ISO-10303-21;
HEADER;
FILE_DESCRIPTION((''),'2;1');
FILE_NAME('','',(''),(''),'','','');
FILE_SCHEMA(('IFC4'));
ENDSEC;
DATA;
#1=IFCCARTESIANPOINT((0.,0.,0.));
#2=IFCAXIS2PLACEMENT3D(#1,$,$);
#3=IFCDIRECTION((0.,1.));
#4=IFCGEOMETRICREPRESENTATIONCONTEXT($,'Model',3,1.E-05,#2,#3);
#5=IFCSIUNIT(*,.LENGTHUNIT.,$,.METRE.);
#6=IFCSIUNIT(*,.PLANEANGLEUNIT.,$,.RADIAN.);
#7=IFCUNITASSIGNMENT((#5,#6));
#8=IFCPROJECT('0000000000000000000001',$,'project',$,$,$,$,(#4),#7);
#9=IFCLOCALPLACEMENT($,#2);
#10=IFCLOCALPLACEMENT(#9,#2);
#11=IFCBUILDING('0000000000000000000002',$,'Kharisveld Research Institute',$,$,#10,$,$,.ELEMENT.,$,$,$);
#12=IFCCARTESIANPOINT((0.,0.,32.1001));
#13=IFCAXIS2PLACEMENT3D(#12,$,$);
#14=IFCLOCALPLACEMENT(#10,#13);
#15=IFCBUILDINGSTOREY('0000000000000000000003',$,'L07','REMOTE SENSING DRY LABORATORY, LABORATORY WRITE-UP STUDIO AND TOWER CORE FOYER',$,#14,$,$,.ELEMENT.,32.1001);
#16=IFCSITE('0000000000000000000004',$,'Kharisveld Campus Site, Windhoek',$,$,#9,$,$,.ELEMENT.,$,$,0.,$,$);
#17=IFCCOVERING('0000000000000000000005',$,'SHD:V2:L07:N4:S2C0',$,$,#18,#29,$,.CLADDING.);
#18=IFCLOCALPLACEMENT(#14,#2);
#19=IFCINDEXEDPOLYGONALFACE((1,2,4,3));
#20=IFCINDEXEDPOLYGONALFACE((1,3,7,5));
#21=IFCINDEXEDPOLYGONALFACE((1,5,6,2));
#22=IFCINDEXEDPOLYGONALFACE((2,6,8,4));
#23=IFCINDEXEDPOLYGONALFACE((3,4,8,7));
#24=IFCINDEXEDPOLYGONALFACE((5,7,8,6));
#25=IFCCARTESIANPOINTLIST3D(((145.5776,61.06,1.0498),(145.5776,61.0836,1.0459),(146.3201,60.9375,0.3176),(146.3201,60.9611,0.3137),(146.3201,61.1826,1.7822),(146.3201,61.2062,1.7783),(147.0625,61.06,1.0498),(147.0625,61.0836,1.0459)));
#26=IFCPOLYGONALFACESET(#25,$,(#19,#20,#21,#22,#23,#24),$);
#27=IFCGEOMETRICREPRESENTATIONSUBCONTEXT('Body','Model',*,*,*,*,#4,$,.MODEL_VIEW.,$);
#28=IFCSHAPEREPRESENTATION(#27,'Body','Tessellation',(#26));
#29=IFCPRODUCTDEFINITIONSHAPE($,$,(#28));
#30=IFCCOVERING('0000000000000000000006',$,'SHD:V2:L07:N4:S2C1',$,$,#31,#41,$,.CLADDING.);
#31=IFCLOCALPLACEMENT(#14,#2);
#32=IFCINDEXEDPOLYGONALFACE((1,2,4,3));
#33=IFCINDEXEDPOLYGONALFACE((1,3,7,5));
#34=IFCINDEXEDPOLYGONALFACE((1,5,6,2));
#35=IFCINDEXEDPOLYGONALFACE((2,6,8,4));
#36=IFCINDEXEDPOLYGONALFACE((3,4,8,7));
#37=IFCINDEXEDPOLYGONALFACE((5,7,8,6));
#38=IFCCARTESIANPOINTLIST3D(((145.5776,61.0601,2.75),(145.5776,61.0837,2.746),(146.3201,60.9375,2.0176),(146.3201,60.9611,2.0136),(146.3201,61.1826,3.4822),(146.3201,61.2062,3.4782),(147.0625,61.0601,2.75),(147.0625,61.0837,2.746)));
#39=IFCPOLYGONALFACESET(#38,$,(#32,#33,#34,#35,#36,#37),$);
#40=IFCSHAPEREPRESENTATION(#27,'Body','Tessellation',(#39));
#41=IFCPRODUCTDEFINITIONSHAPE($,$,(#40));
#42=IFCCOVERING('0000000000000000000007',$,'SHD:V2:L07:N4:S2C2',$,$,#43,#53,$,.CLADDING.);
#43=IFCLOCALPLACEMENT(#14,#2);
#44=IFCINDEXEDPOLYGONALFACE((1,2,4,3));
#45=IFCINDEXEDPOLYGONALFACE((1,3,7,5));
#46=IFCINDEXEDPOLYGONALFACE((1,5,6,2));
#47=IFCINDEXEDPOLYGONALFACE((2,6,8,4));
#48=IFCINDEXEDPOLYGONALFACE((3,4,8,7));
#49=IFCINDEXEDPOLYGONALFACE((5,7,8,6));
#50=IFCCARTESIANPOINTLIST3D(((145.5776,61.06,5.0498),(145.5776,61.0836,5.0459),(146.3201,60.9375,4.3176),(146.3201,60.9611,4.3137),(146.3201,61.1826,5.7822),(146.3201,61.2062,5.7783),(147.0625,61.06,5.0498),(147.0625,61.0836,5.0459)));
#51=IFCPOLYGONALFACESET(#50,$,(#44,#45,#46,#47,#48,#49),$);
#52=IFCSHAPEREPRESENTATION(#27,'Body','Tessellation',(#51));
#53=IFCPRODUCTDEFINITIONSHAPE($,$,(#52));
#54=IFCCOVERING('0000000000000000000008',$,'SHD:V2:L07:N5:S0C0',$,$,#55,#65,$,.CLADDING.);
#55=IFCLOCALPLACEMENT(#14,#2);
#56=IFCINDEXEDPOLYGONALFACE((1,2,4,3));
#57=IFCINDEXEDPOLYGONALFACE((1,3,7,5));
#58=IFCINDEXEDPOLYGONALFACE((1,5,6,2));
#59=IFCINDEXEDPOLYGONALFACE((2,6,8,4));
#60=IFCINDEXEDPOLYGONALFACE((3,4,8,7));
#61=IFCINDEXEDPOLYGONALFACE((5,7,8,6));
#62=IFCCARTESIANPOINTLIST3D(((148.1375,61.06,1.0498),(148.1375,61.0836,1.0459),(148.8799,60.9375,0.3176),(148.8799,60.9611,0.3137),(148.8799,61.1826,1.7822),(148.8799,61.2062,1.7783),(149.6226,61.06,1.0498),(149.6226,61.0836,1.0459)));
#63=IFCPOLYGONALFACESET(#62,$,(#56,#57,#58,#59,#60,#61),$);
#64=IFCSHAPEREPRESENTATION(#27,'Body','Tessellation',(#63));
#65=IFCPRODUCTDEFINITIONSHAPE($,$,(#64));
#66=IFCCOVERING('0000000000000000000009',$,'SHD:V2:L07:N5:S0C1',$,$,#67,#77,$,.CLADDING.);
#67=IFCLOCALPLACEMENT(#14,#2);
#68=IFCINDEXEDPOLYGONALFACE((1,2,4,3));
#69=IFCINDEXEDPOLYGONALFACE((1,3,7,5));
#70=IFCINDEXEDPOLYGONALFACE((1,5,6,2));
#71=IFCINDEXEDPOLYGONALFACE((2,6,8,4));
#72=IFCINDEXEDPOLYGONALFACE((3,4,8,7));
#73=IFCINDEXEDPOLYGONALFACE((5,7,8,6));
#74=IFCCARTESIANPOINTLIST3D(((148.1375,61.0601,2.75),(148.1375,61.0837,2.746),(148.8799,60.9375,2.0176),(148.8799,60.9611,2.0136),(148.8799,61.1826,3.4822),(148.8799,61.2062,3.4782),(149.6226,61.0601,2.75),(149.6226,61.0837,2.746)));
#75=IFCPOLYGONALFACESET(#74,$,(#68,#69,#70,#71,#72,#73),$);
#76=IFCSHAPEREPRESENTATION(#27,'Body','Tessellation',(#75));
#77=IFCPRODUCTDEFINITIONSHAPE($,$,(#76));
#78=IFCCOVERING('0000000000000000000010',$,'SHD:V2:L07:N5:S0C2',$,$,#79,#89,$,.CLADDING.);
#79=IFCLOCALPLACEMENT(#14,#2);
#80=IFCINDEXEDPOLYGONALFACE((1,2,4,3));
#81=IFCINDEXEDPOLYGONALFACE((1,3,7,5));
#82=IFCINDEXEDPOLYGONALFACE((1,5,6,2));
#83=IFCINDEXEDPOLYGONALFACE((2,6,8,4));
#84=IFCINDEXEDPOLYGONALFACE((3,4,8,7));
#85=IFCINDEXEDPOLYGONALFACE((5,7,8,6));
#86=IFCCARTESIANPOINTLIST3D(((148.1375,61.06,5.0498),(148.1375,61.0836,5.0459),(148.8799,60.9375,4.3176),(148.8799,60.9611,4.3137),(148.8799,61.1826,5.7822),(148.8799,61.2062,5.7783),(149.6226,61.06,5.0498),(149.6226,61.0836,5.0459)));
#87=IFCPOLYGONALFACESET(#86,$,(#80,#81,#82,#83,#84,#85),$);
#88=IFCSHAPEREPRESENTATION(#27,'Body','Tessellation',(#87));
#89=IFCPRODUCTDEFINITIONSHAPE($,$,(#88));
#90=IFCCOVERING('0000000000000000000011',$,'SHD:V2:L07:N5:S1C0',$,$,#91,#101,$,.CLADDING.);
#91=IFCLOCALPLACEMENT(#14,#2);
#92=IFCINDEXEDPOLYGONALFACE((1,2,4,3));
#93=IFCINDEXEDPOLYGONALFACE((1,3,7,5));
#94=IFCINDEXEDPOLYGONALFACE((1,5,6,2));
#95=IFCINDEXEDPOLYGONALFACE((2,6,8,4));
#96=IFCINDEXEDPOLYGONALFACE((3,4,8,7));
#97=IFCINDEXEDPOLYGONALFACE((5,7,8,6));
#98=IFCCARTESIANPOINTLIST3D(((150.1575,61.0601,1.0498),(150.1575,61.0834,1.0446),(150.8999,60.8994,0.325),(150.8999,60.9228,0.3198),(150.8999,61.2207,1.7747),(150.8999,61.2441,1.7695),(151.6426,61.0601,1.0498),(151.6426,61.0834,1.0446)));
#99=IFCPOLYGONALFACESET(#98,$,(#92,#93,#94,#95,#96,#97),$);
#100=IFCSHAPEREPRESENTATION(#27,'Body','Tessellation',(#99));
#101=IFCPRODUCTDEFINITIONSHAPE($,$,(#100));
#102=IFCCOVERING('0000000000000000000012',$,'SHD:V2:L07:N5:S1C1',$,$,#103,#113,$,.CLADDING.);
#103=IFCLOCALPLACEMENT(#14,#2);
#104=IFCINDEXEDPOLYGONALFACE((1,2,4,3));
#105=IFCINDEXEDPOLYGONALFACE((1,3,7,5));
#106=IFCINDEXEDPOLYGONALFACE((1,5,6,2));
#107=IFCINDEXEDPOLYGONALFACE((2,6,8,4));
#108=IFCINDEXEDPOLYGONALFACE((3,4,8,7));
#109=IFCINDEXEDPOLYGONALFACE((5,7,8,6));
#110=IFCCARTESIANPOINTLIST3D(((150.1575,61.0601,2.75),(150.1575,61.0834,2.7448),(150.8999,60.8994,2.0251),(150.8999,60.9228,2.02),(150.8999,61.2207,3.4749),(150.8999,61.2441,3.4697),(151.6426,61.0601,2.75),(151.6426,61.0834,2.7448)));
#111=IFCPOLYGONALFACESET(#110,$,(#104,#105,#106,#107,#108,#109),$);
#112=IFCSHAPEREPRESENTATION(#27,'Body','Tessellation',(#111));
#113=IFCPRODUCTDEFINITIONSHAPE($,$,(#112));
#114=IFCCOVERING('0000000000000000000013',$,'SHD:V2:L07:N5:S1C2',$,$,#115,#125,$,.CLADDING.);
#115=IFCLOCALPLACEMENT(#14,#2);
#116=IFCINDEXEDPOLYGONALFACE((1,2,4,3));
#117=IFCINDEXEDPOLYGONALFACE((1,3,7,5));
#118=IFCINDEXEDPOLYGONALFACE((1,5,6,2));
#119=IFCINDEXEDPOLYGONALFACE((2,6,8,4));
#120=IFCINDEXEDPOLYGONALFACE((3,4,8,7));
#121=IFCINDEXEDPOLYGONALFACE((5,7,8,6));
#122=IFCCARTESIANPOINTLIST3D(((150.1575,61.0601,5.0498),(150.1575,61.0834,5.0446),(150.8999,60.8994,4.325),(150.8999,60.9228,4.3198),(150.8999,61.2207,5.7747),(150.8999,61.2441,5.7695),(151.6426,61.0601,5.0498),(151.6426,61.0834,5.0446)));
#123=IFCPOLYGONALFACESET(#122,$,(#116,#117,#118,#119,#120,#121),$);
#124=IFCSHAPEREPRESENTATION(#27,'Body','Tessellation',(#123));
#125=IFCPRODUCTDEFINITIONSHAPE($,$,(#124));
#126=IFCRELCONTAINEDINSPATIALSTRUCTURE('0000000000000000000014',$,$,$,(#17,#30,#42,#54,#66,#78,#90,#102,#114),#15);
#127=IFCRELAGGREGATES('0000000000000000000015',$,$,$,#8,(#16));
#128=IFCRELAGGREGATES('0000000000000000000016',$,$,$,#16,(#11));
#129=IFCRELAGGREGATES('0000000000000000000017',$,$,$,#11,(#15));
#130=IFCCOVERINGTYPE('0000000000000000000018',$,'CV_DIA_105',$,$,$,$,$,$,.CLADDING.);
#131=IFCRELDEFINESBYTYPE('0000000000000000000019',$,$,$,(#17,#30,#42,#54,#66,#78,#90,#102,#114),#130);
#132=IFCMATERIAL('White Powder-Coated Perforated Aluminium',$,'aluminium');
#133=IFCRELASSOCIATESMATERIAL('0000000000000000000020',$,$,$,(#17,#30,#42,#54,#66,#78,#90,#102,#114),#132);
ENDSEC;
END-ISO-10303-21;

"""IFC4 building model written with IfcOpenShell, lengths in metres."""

from ifc_helpers import new_model, si_unit, direction, frame, origin, place, context, subcontext, project, spatial, polyline, outline, extrude, material, type_object, element, save


model = new_model("IFC4")

# Units and contexts
model_context = context("Model", 3, precision=1e-05, world=origin(), true_north=direction((0.0, 1.0)))
body_context = subcontext(model_context, "Body", "Model", "MODEL_VIEW")
ifc_project = project(units=[si_unit("LENGTHUNIT", "METRE"), si_unit("PLANEANGLEUNIT", "RADIAN")], contexts=[model_context])

# Site, building, storey
site_placement = place(None, origin())
site = spatial("IfcSite", under=ifc_project, at=site_placement, Name="Kharisveld Campus Site, Windhoek", CompositionType="ELEMENT", RefElevation=0.0)
building_placement = place(site_placement, origin())
building = spatial("IfcBuilding", under=site, at=building_placement, Name="Kharisveld Research Institute", CompositionType="ELEMENT")
storey_placement = place(building_placement, frame((0.0, 0.0, 32.1001)))
storey = spatial("IfcBuildingStorey", under=building, at=storey_placement, Name="L07", Description="REMOTE SENSING DRY LABORATORY, LABORATORY WRITE-UP STUDIO AND TOWER CORE FOYER", CompositionType="ELEMENT", Elevation=32.1001)

# Coverings
ifc_material_1 = material(Name="White Powder-Coated Perforated Aluminium", Category="aluminium")
covering_type = type_object("IfcCoveringType", Name="CV_DIA_105", PredefinedType="CLADDING")
covering_1_placement = place(storey_placement, frame((146.3201, 60.9375, 0.3176), z_axis=(0.0, -0.986283, 0.165065), x_axis=(0.707139, 0.116714, 0.697376)))
element("IfcCovering", 1, at=covering_1_placement, inside=storey, type_object=covering_type, material=ifc_material_1, Name="SHD:V2:L07:N4:S2C0", PredefinedType="CLADDING", context=body_context, shape_type="SweptSolid", body=[
    extrude(outline(polyline([(0.0, 0.0), (1.0499, 0.0), (1.05, 1.0501), (-0.0001, 1.0499), (0.0, 0.0)])), origin(), (0.0, 0.0, -1.0), 0.0239),
])
covering_2_placement = place(storey_placement, frame((146.3201, 60.9375, 2.0176), z_axis=(0.0, -0.986283, 0.165065), x_axis=(0.707024, 0.116733, 0.697489)))
element("IfcCovering", 2, at=covering_2_placement, inside=storey, type_object=covering_type, material=ifc_material_1, Name="SHD:V2:L07:N4:S2C1", PredefinedType="CLADDING", context=body_context, shape_type="SweptSolid", body=[
    extrude(outline(polyline([(0.0, 0.0), (1.0501, 0.0), (1.0502, 1.0499), (0.0002, 1.0501), (0.0, 0.0)])), origin(), (0.0, 0.0, -1.0), 0.0239),
])
covering_3_placement = place(storey_placement, frame((146.3201, 60.9375, 4.3176), z_axis=(0.0, -0.986283, 0.165065), x_axis=(0.707139, 0.116714, 0.697376)))
element("IfcCovering", 3, at=covering_3_placement, inside=storey, type_object=covering_type, material=ifc_material_1, Name="SHD:V2:L07:N4:S2C2", PredefinedType="CLADDING", context=body_context, shape_type="SweptSolid", body=[
    extrude(outline(polyline([(0.0, 0.0), (1.0499, 0.0), (1.05, 1.0501), (-0.0001, 1.0499), (0.0, 0.0)])), origin(), (0.0, 0.0, -1.0), 0.0239),
])
covering_4_placement = place(storey_placement, frame((148.8799, 60.9375, 0.3176), z_axis=(0.0, -0.986283, 0.165065), x_axis=(0.707255, 0.116694, 0.697261)))
element("IfcCovering", 4, at=covering_4_placement, inside=storey, type_object=covering_type, material=ifc_material_1, Name="SHD:V2:L07:N5:S0C0", PredefinedType="CLADDING", context=body_context, shape_type="SweptSolid", body=[
    extrude(outline(polyline([(0.0, 0.0), (1.0501, 0.0), (1.0498, 1.0503), (-0.0003, 1.0499), (0.0, 0.0)])), origin(), (0.0, 0.0, -1.0), 0.0239),
])
covering_5_placement = place(storey_placement, frame((148.8799, 60.9375, 2.0176), z_axis=(0.0, -0.986283, 0.165065), x_axis=(0.70714, 0.116713, 0.697374)))
element("IfcCovering", 5, at=covering_5_placement, inside=storey, type_object=covering_type, material=ifc_material_1, Name="SHD:V2:L07:N5:S0C1", PredefinedType="CLADDING", context=body_context, shape_type="SweptSolid", body=[
    extrude(outline(polyline([(0.0, 0.0), (1.0503, 0.0), (1.05, 1.0501), (0.0001, 1.0501), (0.0, 0.0)])), origin(), (0.0, 0.0, -1.0), 0.0239),
])
covering_6_placement = place(storey_placement, frame((148.8799, 60.9375, 4.3176), z_axis=(0.0, -0.986283, 0.165065), x_axis=(0.707255, 0.116694, 0.697261)))
element("IfcCovering", 6, at=covering_6_placement, inside=storey, type_object=covering_type, material=ifc_material_1, Name="SHD:V2:L07:N5:S0C2", PredefinedType="CLADDING", context=body_context, shape_type="SweptSolid", body=[
    extrude(outline(polyline([(0.0, 0.0), (1.0501, 0.0), (1.0498, 1.0503), (-0.0003, 1.0499), (0.0, 0.0)])), origin(), (0.0, 0.0, -1.0), 0.0239),
])
for number, where, z_axis, x_axis, name in (
    (7, (150.8999, 60.8994, 0.325), (0.0, -0.976311, 0.216373), (0.707218, 0.152975, 0.690247), "SHD:V2:L07:N5:S1C0"),
    (8, (150.8999, 60.8994, 2.0251), (0.0, -0.976311, 0.216373), (0.707218, 0.152975, 0.690247), "SHD:V2:L07:N5:S1C1"),
    (9, (150.8999, 60.8994, 4.325), (0.0, -0.976311, 0.216373), (0.707218, 0.152975, 0.690247), "SHD:V2:L07:N5:S1C2"),
):
    element("IfcCovering", number, at=place(storey_placement, frame(where, z_axis=z_axis, x_axis=x_axis)), inside=storey, type_object=covering_type, material=ifc_material_1, Name=name, PredefinedType="CLADDING", context=body_context, shape_type="SweptSolid", body=[
        extrude(outline(polyline([(0.0, 0.0), (1.0501, 0.0), (1.0498, 1.0501), (-0.0002, 1.05), (0.0, 0.0)])), origin(), (0.0, 0.0, -1.0), 0.0239),
    ])

save(model, "model.ifc")
